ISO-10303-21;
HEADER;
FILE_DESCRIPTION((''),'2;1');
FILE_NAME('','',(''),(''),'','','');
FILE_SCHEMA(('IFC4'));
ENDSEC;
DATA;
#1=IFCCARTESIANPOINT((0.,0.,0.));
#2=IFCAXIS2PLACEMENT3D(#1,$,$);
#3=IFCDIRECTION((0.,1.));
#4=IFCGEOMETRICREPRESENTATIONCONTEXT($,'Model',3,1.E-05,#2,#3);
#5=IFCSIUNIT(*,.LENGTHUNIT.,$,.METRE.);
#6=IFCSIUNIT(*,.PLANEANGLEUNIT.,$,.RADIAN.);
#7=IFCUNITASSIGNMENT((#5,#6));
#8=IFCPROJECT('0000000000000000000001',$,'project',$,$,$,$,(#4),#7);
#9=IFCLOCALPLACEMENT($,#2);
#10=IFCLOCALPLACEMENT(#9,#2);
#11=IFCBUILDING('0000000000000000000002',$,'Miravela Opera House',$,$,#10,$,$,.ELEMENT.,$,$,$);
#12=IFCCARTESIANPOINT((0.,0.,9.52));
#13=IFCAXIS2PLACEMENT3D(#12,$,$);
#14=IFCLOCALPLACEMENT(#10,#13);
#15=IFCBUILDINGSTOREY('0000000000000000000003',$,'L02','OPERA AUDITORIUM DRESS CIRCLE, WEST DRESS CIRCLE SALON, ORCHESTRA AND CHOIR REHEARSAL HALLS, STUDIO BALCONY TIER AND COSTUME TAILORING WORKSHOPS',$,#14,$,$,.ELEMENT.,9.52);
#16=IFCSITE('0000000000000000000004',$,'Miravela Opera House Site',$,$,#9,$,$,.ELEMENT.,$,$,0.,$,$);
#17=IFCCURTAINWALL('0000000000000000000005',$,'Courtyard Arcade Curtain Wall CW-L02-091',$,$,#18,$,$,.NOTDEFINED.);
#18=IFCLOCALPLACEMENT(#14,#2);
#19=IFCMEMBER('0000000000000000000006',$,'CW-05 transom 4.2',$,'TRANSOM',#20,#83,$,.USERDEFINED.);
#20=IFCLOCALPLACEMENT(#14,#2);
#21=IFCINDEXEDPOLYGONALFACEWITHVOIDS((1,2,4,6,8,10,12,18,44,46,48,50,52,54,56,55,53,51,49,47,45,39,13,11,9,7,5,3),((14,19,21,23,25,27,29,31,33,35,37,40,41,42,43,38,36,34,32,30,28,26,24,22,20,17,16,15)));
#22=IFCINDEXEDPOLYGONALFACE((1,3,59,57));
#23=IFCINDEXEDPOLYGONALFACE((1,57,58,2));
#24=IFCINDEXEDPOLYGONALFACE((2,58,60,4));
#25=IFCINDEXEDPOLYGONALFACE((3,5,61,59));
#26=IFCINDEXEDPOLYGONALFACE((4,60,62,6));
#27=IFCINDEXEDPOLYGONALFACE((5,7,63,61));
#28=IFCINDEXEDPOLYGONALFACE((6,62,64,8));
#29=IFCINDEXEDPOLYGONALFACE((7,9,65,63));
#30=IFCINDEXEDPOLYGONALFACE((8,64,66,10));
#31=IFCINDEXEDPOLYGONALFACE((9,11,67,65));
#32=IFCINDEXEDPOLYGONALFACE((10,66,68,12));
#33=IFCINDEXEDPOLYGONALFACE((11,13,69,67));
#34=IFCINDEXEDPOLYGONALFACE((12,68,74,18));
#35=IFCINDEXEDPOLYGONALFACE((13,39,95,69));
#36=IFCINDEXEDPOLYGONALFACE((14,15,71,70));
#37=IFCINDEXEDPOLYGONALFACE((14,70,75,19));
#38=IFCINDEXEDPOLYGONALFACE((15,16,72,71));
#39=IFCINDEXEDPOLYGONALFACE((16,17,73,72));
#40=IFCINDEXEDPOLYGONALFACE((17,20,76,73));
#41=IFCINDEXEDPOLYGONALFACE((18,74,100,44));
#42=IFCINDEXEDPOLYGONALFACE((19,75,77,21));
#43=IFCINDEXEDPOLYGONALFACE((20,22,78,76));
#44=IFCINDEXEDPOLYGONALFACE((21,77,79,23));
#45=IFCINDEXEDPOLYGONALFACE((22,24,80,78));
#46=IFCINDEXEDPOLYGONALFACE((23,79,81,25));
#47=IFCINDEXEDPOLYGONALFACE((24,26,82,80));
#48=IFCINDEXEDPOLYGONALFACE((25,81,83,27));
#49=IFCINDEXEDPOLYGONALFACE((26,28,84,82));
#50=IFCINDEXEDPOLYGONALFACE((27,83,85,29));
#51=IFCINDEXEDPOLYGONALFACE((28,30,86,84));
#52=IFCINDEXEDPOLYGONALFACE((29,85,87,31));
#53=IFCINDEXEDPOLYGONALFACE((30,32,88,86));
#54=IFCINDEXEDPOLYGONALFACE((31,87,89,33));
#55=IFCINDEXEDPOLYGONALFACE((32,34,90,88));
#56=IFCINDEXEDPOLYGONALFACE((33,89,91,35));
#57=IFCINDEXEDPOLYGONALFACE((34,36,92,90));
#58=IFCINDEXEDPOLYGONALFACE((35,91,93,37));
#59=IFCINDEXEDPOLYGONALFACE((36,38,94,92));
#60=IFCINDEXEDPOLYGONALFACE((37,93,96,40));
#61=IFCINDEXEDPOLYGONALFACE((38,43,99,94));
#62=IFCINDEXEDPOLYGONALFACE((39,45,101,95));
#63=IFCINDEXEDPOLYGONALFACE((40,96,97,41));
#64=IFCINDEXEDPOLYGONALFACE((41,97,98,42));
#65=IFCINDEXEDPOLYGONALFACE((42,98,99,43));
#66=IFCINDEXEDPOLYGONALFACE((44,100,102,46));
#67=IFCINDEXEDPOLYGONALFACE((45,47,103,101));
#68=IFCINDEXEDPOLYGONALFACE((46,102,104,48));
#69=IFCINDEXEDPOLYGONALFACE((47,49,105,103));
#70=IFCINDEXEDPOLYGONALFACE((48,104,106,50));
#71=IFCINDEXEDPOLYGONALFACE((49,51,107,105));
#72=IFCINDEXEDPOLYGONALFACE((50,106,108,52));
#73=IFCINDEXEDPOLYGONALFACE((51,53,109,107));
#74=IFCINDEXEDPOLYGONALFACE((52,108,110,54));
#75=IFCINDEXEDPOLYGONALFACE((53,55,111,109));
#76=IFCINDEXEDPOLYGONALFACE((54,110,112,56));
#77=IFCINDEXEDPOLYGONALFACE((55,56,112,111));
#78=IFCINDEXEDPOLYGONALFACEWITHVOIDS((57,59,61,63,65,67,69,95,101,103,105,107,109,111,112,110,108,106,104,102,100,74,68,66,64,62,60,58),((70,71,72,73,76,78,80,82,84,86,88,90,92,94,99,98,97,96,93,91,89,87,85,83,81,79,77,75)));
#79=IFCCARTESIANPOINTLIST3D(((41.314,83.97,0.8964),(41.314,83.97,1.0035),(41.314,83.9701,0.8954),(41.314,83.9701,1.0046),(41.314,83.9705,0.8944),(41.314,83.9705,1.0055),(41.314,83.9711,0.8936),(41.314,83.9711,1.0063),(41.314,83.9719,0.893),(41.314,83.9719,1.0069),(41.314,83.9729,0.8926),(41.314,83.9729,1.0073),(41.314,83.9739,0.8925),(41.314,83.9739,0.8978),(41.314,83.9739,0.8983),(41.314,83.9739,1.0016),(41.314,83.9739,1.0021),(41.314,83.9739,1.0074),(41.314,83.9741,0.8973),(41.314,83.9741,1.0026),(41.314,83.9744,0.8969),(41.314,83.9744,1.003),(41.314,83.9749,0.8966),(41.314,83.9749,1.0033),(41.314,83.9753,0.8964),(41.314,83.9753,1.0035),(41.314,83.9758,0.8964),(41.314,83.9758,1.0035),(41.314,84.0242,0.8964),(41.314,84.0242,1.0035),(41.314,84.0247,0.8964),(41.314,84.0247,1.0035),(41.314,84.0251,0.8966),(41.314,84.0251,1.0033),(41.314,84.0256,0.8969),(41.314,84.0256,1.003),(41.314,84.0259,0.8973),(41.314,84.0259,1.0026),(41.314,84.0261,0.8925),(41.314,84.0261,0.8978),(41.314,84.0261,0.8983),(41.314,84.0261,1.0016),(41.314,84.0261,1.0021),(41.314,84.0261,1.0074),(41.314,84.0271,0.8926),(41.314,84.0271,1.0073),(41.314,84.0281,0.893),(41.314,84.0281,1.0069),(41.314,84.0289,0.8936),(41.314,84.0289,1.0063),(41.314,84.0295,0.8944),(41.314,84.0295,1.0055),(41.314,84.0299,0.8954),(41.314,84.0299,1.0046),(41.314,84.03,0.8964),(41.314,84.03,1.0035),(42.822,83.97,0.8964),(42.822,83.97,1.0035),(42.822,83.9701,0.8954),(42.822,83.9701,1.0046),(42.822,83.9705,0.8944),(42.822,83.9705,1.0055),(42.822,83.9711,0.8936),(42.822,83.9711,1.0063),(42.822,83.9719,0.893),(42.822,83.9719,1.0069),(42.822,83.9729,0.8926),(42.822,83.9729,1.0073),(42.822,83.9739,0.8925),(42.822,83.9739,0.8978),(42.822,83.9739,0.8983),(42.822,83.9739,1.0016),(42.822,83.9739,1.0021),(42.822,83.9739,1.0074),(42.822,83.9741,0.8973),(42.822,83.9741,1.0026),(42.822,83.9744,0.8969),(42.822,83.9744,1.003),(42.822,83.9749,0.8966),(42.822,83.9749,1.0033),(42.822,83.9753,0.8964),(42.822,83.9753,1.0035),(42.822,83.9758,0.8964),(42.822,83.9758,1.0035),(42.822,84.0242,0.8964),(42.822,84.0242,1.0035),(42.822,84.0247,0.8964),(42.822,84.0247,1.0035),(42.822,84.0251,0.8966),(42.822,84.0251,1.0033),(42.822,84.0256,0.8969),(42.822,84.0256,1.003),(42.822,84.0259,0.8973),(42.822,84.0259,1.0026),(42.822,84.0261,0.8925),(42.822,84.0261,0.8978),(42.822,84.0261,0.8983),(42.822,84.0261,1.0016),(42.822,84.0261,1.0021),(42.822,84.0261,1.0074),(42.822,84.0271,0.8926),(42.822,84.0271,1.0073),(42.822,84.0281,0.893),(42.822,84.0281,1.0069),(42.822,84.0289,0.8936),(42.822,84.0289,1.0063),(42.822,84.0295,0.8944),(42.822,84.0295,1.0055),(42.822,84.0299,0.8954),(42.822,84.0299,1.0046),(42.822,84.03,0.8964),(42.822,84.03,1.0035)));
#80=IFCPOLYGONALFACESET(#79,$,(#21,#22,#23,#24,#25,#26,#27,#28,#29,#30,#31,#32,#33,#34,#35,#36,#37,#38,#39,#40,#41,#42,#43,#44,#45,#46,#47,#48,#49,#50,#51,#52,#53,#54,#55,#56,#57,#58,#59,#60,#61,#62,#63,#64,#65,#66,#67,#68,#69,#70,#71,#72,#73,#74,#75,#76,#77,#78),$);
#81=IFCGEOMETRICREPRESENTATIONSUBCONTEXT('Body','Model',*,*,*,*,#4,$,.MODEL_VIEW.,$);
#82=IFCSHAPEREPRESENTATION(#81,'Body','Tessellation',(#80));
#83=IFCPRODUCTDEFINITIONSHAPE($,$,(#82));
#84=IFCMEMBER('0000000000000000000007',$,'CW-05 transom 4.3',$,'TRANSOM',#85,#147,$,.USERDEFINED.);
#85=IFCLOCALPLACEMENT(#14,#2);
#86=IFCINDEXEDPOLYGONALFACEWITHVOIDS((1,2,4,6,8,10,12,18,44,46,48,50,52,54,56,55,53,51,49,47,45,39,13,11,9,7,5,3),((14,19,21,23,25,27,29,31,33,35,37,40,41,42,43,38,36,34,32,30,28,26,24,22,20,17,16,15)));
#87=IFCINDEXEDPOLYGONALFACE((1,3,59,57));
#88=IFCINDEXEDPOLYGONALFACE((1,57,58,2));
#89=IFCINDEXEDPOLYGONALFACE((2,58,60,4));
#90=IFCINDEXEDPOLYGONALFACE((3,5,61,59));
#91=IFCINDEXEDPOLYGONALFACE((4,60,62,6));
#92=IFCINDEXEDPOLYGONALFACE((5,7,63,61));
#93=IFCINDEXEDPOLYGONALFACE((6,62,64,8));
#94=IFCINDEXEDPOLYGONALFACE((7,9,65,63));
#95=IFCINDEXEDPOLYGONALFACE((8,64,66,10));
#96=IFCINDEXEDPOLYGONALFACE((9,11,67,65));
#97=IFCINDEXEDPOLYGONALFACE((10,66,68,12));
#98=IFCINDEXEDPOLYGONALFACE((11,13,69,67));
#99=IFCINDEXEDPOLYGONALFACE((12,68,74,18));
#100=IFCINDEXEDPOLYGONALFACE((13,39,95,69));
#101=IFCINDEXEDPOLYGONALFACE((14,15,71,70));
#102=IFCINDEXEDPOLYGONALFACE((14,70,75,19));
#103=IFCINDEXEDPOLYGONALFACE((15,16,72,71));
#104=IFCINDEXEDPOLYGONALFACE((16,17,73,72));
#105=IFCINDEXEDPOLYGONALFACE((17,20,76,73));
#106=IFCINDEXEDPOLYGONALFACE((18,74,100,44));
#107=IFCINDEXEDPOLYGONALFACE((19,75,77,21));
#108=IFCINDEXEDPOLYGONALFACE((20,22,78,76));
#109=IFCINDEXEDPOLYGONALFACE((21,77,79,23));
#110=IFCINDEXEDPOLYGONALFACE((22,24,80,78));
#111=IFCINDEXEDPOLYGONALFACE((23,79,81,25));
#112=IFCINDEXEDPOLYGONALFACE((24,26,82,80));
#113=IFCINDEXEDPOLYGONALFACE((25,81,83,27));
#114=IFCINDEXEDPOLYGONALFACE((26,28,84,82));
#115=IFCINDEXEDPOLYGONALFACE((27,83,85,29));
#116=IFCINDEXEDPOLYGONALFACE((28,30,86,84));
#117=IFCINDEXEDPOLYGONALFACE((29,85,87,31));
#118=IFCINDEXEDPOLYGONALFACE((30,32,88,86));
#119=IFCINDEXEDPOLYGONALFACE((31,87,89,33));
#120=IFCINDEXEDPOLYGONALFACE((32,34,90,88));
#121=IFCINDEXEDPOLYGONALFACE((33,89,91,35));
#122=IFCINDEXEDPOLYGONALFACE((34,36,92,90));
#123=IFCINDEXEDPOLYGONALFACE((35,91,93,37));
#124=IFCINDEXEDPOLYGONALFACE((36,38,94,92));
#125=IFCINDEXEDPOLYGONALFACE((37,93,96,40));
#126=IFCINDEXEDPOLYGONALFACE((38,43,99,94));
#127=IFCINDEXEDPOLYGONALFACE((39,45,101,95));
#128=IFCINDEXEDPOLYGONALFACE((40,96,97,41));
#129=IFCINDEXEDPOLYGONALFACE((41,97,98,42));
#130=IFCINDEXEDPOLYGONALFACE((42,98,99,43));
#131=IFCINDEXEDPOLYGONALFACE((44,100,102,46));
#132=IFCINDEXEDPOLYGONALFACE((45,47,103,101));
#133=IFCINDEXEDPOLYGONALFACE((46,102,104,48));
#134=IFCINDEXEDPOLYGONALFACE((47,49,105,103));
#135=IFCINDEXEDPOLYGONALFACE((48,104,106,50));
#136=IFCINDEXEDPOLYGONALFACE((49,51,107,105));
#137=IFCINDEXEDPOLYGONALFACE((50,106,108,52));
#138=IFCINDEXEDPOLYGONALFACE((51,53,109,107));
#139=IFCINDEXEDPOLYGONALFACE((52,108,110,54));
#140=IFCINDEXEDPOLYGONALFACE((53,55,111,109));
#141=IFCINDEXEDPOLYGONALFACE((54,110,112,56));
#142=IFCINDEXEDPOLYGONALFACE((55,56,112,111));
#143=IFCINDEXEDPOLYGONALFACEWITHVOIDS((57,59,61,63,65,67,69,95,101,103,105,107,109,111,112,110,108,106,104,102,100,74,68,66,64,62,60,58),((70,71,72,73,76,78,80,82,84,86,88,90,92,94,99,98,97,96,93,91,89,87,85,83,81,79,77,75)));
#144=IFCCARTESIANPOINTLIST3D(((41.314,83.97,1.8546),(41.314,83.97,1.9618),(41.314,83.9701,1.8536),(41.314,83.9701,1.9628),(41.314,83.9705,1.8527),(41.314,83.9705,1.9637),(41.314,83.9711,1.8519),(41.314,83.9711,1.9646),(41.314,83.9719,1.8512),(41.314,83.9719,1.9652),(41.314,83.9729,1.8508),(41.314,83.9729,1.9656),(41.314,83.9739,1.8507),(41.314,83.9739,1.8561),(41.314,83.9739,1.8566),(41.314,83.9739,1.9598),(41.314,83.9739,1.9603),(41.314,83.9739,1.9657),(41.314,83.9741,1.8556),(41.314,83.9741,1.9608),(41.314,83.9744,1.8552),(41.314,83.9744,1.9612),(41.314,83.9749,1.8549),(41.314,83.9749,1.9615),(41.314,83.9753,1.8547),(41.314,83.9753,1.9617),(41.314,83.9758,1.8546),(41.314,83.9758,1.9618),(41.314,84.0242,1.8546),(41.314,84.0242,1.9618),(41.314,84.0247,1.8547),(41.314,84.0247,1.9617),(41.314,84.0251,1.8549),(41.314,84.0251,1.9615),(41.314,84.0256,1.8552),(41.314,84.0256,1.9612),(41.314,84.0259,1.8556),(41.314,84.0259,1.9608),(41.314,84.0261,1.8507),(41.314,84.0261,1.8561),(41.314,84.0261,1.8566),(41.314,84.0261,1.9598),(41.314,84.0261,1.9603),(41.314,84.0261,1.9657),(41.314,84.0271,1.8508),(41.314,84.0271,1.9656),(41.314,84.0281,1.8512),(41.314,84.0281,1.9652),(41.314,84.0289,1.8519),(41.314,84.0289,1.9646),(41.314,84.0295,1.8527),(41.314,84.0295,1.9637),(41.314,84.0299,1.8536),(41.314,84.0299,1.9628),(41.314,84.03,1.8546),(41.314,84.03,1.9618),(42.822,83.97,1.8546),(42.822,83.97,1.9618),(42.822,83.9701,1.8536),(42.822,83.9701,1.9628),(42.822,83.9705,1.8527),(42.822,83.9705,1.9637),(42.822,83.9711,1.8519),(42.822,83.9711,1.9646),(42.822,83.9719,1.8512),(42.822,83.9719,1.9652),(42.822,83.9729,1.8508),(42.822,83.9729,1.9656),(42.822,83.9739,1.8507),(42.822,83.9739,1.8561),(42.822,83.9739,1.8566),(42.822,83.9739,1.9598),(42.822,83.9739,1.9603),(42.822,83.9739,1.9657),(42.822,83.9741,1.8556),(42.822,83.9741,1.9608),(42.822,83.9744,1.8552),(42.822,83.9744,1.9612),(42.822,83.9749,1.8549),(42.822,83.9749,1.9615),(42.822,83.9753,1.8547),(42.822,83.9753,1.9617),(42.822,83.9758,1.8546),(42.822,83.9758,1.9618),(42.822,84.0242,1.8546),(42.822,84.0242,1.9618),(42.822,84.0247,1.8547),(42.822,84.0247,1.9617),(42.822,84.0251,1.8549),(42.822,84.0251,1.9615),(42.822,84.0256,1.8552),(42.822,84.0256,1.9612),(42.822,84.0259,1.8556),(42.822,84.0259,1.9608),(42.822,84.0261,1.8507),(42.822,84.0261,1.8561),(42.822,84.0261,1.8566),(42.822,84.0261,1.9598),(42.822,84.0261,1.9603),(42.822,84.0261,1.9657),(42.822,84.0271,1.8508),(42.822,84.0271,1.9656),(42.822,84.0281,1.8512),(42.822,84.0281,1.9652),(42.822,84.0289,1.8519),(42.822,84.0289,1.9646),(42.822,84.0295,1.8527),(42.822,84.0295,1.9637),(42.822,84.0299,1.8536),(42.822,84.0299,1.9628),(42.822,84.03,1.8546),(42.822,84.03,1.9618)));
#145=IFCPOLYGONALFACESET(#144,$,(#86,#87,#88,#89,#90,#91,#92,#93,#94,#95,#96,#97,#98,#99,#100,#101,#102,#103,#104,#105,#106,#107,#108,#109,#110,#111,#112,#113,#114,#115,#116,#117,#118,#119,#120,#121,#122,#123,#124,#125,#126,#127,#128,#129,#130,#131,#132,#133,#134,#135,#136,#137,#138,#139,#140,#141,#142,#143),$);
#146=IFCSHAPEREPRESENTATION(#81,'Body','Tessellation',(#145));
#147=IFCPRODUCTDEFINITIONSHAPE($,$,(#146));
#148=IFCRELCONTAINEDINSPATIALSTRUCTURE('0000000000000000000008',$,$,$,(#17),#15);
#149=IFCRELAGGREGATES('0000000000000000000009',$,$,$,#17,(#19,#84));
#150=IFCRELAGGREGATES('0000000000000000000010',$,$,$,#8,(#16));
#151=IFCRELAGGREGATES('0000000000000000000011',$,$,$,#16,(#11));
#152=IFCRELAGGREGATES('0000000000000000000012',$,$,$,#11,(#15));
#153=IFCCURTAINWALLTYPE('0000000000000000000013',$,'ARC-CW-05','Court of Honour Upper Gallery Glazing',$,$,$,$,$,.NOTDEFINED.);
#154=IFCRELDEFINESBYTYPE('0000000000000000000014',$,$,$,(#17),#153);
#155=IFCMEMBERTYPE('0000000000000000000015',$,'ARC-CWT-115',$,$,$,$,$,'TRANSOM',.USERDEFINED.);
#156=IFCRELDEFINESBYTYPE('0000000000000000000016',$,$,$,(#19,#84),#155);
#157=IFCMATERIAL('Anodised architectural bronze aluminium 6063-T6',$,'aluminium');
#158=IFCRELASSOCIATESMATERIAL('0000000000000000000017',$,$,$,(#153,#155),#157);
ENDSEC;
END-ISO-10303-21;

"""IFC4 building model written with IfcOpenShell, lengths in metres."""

from ifc_helpers import new_model, si_unit, direction, frame, origin, origin_2d, place, context, subcontext, project, spatial, hollow_rectangle, extrude, material, material_profile, profile_set, type_object, element, aggregate, save


model = new_model("IFC4")

# Units and contexts
model_context = context("Model", 3, precision=1e-05, world=origin(), true_north=direction((0.0, 1.0)))
body_context = subcontext(model_context, "Body", "Model", "MODEL_VIEW")
ifc_project = project(units=[si_unit("LENGTHUNIT", "METRE"), si_unit("PLANEANGLEUNIT", "RADIAN")], contexts=[model_context])

# Site, building, storey
site_placement = place(None, origin())
site = spatial("IfcSite", under=ifc_project, at=site_placement, Name="Miravela Opera House Site", CompositionType="ELEMENT", RefElevation=0.0)
building_placement = place(site_placement, origin())
building = spatial("IfcBuilding", under=site, at=building_placement, Name="Miravela Opera House", CompositionType="ELEMENT")
storey_placement = place(building_placement, frame((0.0, 0.0, 9.52)))
storey = spatial("IfcBuildingStorey", under=building, at=storey_placement, Name="L02", Description="OPERA AUDITORIUM DRESS CIRCLE, WEST DRESS CIRCLE SALON, ORCHESTRA AND CHOIR REHEARSAL HALLS, STUDIO BALCONY TIER AND COSTUME TAILORING WORKSHOPS", CompositionType="ELEMENT", Elevation=9.52)

# Curtain wall, members
ifc_material_1 = material(Name="Anodised architectural bronze aluminium 6063-T6", Category="aluminium")
curtain_wall_type = type_object("IfcCurtainWallType", Name="ARC-CW-05", Description="Court of Honour Upper Gallery Glazing", PredefinedType="NOTDEFINED", material=ifc_material_1)
curtain_wall_placement = place(storey_placement, origin())
curtain_wall = element("IfcCurtainWall", 1, at=curtain_wall_placement, inside=storey, type_object=curtain_wall_type, Name="Courtyard Arcade Curtain Wall CW-L02-091", PredefinedType="NOTDEFINED")
ifc_material_profile_1 = material_profile(ifc_material_1, hollow_rectangle(XDim=0.0601, YDim=0.115, WallThickness=0.0039, InnerFilletRadius=0.002, OuterFilletRadius=0.0039, at=origin_2d()), Name="CWT-60X115")
ifc_profile_set_1 = profile_set([ifc_material_profile_1])
member_type_1 = type_object("IfcMemberType", Name="ARC-CWT-115", ElementType="TRANSOM", PredefinedType="USERDEFINED", material=ifc_profile_set_1)
member_1_placement = place(storey_placement, frame((41.314, 84.0, 0.95), z_axis=(1.0, 0.0, 0.0), x_axis=(0.0, 1.0, 0.0)))
member_1 = element("IfcMember", 2, at=member_1_placement, type_object=member_type_1, Name="CW-05 transom 4.2", ObjectType="TRANSOM", PredefinedType="USERDEFINED", context=body_context, shape_type="SweptSolid", body=[
    extrude(hollow_rectangle(XDim=0.0601, YDim=0.115, WallThickness=0.0039, InnerFilletRadius=0.002, OuterFilletRadius=0.0039, at=origin_2d()), origin(), (0.0, 0.0, 1.0), 1.5081),
])
member_2_placement = place(storey_placement, frame((41.314, 84.0, 1.9082), z_axis=(1.0, 0.0, 0.0), x_axis=(0.0, 1.0, 0.0)))
member_2 = element("IfcMember", 3, at=member_2_placement, type_object=member_type_1, Name="CW-05 transom 4.3", ObjectType="TRANSOM", PredefinedType="USERDEFINED", context=body_context, shape_type="SweptSolid", body=[
    extrude(hollow_rectangle(XDim=0.0601, YDim=0.115, WallThickness=0.0039, InnerFilletRadius=0.002, OuterFilletRadius=0.0039, at=origin_2d()), origin(), (0.0, 0.0, 1.0), 1.5081),
])
aggregate(curtain_wall, [member_1, member_2])

save(model, "model.ifc")
